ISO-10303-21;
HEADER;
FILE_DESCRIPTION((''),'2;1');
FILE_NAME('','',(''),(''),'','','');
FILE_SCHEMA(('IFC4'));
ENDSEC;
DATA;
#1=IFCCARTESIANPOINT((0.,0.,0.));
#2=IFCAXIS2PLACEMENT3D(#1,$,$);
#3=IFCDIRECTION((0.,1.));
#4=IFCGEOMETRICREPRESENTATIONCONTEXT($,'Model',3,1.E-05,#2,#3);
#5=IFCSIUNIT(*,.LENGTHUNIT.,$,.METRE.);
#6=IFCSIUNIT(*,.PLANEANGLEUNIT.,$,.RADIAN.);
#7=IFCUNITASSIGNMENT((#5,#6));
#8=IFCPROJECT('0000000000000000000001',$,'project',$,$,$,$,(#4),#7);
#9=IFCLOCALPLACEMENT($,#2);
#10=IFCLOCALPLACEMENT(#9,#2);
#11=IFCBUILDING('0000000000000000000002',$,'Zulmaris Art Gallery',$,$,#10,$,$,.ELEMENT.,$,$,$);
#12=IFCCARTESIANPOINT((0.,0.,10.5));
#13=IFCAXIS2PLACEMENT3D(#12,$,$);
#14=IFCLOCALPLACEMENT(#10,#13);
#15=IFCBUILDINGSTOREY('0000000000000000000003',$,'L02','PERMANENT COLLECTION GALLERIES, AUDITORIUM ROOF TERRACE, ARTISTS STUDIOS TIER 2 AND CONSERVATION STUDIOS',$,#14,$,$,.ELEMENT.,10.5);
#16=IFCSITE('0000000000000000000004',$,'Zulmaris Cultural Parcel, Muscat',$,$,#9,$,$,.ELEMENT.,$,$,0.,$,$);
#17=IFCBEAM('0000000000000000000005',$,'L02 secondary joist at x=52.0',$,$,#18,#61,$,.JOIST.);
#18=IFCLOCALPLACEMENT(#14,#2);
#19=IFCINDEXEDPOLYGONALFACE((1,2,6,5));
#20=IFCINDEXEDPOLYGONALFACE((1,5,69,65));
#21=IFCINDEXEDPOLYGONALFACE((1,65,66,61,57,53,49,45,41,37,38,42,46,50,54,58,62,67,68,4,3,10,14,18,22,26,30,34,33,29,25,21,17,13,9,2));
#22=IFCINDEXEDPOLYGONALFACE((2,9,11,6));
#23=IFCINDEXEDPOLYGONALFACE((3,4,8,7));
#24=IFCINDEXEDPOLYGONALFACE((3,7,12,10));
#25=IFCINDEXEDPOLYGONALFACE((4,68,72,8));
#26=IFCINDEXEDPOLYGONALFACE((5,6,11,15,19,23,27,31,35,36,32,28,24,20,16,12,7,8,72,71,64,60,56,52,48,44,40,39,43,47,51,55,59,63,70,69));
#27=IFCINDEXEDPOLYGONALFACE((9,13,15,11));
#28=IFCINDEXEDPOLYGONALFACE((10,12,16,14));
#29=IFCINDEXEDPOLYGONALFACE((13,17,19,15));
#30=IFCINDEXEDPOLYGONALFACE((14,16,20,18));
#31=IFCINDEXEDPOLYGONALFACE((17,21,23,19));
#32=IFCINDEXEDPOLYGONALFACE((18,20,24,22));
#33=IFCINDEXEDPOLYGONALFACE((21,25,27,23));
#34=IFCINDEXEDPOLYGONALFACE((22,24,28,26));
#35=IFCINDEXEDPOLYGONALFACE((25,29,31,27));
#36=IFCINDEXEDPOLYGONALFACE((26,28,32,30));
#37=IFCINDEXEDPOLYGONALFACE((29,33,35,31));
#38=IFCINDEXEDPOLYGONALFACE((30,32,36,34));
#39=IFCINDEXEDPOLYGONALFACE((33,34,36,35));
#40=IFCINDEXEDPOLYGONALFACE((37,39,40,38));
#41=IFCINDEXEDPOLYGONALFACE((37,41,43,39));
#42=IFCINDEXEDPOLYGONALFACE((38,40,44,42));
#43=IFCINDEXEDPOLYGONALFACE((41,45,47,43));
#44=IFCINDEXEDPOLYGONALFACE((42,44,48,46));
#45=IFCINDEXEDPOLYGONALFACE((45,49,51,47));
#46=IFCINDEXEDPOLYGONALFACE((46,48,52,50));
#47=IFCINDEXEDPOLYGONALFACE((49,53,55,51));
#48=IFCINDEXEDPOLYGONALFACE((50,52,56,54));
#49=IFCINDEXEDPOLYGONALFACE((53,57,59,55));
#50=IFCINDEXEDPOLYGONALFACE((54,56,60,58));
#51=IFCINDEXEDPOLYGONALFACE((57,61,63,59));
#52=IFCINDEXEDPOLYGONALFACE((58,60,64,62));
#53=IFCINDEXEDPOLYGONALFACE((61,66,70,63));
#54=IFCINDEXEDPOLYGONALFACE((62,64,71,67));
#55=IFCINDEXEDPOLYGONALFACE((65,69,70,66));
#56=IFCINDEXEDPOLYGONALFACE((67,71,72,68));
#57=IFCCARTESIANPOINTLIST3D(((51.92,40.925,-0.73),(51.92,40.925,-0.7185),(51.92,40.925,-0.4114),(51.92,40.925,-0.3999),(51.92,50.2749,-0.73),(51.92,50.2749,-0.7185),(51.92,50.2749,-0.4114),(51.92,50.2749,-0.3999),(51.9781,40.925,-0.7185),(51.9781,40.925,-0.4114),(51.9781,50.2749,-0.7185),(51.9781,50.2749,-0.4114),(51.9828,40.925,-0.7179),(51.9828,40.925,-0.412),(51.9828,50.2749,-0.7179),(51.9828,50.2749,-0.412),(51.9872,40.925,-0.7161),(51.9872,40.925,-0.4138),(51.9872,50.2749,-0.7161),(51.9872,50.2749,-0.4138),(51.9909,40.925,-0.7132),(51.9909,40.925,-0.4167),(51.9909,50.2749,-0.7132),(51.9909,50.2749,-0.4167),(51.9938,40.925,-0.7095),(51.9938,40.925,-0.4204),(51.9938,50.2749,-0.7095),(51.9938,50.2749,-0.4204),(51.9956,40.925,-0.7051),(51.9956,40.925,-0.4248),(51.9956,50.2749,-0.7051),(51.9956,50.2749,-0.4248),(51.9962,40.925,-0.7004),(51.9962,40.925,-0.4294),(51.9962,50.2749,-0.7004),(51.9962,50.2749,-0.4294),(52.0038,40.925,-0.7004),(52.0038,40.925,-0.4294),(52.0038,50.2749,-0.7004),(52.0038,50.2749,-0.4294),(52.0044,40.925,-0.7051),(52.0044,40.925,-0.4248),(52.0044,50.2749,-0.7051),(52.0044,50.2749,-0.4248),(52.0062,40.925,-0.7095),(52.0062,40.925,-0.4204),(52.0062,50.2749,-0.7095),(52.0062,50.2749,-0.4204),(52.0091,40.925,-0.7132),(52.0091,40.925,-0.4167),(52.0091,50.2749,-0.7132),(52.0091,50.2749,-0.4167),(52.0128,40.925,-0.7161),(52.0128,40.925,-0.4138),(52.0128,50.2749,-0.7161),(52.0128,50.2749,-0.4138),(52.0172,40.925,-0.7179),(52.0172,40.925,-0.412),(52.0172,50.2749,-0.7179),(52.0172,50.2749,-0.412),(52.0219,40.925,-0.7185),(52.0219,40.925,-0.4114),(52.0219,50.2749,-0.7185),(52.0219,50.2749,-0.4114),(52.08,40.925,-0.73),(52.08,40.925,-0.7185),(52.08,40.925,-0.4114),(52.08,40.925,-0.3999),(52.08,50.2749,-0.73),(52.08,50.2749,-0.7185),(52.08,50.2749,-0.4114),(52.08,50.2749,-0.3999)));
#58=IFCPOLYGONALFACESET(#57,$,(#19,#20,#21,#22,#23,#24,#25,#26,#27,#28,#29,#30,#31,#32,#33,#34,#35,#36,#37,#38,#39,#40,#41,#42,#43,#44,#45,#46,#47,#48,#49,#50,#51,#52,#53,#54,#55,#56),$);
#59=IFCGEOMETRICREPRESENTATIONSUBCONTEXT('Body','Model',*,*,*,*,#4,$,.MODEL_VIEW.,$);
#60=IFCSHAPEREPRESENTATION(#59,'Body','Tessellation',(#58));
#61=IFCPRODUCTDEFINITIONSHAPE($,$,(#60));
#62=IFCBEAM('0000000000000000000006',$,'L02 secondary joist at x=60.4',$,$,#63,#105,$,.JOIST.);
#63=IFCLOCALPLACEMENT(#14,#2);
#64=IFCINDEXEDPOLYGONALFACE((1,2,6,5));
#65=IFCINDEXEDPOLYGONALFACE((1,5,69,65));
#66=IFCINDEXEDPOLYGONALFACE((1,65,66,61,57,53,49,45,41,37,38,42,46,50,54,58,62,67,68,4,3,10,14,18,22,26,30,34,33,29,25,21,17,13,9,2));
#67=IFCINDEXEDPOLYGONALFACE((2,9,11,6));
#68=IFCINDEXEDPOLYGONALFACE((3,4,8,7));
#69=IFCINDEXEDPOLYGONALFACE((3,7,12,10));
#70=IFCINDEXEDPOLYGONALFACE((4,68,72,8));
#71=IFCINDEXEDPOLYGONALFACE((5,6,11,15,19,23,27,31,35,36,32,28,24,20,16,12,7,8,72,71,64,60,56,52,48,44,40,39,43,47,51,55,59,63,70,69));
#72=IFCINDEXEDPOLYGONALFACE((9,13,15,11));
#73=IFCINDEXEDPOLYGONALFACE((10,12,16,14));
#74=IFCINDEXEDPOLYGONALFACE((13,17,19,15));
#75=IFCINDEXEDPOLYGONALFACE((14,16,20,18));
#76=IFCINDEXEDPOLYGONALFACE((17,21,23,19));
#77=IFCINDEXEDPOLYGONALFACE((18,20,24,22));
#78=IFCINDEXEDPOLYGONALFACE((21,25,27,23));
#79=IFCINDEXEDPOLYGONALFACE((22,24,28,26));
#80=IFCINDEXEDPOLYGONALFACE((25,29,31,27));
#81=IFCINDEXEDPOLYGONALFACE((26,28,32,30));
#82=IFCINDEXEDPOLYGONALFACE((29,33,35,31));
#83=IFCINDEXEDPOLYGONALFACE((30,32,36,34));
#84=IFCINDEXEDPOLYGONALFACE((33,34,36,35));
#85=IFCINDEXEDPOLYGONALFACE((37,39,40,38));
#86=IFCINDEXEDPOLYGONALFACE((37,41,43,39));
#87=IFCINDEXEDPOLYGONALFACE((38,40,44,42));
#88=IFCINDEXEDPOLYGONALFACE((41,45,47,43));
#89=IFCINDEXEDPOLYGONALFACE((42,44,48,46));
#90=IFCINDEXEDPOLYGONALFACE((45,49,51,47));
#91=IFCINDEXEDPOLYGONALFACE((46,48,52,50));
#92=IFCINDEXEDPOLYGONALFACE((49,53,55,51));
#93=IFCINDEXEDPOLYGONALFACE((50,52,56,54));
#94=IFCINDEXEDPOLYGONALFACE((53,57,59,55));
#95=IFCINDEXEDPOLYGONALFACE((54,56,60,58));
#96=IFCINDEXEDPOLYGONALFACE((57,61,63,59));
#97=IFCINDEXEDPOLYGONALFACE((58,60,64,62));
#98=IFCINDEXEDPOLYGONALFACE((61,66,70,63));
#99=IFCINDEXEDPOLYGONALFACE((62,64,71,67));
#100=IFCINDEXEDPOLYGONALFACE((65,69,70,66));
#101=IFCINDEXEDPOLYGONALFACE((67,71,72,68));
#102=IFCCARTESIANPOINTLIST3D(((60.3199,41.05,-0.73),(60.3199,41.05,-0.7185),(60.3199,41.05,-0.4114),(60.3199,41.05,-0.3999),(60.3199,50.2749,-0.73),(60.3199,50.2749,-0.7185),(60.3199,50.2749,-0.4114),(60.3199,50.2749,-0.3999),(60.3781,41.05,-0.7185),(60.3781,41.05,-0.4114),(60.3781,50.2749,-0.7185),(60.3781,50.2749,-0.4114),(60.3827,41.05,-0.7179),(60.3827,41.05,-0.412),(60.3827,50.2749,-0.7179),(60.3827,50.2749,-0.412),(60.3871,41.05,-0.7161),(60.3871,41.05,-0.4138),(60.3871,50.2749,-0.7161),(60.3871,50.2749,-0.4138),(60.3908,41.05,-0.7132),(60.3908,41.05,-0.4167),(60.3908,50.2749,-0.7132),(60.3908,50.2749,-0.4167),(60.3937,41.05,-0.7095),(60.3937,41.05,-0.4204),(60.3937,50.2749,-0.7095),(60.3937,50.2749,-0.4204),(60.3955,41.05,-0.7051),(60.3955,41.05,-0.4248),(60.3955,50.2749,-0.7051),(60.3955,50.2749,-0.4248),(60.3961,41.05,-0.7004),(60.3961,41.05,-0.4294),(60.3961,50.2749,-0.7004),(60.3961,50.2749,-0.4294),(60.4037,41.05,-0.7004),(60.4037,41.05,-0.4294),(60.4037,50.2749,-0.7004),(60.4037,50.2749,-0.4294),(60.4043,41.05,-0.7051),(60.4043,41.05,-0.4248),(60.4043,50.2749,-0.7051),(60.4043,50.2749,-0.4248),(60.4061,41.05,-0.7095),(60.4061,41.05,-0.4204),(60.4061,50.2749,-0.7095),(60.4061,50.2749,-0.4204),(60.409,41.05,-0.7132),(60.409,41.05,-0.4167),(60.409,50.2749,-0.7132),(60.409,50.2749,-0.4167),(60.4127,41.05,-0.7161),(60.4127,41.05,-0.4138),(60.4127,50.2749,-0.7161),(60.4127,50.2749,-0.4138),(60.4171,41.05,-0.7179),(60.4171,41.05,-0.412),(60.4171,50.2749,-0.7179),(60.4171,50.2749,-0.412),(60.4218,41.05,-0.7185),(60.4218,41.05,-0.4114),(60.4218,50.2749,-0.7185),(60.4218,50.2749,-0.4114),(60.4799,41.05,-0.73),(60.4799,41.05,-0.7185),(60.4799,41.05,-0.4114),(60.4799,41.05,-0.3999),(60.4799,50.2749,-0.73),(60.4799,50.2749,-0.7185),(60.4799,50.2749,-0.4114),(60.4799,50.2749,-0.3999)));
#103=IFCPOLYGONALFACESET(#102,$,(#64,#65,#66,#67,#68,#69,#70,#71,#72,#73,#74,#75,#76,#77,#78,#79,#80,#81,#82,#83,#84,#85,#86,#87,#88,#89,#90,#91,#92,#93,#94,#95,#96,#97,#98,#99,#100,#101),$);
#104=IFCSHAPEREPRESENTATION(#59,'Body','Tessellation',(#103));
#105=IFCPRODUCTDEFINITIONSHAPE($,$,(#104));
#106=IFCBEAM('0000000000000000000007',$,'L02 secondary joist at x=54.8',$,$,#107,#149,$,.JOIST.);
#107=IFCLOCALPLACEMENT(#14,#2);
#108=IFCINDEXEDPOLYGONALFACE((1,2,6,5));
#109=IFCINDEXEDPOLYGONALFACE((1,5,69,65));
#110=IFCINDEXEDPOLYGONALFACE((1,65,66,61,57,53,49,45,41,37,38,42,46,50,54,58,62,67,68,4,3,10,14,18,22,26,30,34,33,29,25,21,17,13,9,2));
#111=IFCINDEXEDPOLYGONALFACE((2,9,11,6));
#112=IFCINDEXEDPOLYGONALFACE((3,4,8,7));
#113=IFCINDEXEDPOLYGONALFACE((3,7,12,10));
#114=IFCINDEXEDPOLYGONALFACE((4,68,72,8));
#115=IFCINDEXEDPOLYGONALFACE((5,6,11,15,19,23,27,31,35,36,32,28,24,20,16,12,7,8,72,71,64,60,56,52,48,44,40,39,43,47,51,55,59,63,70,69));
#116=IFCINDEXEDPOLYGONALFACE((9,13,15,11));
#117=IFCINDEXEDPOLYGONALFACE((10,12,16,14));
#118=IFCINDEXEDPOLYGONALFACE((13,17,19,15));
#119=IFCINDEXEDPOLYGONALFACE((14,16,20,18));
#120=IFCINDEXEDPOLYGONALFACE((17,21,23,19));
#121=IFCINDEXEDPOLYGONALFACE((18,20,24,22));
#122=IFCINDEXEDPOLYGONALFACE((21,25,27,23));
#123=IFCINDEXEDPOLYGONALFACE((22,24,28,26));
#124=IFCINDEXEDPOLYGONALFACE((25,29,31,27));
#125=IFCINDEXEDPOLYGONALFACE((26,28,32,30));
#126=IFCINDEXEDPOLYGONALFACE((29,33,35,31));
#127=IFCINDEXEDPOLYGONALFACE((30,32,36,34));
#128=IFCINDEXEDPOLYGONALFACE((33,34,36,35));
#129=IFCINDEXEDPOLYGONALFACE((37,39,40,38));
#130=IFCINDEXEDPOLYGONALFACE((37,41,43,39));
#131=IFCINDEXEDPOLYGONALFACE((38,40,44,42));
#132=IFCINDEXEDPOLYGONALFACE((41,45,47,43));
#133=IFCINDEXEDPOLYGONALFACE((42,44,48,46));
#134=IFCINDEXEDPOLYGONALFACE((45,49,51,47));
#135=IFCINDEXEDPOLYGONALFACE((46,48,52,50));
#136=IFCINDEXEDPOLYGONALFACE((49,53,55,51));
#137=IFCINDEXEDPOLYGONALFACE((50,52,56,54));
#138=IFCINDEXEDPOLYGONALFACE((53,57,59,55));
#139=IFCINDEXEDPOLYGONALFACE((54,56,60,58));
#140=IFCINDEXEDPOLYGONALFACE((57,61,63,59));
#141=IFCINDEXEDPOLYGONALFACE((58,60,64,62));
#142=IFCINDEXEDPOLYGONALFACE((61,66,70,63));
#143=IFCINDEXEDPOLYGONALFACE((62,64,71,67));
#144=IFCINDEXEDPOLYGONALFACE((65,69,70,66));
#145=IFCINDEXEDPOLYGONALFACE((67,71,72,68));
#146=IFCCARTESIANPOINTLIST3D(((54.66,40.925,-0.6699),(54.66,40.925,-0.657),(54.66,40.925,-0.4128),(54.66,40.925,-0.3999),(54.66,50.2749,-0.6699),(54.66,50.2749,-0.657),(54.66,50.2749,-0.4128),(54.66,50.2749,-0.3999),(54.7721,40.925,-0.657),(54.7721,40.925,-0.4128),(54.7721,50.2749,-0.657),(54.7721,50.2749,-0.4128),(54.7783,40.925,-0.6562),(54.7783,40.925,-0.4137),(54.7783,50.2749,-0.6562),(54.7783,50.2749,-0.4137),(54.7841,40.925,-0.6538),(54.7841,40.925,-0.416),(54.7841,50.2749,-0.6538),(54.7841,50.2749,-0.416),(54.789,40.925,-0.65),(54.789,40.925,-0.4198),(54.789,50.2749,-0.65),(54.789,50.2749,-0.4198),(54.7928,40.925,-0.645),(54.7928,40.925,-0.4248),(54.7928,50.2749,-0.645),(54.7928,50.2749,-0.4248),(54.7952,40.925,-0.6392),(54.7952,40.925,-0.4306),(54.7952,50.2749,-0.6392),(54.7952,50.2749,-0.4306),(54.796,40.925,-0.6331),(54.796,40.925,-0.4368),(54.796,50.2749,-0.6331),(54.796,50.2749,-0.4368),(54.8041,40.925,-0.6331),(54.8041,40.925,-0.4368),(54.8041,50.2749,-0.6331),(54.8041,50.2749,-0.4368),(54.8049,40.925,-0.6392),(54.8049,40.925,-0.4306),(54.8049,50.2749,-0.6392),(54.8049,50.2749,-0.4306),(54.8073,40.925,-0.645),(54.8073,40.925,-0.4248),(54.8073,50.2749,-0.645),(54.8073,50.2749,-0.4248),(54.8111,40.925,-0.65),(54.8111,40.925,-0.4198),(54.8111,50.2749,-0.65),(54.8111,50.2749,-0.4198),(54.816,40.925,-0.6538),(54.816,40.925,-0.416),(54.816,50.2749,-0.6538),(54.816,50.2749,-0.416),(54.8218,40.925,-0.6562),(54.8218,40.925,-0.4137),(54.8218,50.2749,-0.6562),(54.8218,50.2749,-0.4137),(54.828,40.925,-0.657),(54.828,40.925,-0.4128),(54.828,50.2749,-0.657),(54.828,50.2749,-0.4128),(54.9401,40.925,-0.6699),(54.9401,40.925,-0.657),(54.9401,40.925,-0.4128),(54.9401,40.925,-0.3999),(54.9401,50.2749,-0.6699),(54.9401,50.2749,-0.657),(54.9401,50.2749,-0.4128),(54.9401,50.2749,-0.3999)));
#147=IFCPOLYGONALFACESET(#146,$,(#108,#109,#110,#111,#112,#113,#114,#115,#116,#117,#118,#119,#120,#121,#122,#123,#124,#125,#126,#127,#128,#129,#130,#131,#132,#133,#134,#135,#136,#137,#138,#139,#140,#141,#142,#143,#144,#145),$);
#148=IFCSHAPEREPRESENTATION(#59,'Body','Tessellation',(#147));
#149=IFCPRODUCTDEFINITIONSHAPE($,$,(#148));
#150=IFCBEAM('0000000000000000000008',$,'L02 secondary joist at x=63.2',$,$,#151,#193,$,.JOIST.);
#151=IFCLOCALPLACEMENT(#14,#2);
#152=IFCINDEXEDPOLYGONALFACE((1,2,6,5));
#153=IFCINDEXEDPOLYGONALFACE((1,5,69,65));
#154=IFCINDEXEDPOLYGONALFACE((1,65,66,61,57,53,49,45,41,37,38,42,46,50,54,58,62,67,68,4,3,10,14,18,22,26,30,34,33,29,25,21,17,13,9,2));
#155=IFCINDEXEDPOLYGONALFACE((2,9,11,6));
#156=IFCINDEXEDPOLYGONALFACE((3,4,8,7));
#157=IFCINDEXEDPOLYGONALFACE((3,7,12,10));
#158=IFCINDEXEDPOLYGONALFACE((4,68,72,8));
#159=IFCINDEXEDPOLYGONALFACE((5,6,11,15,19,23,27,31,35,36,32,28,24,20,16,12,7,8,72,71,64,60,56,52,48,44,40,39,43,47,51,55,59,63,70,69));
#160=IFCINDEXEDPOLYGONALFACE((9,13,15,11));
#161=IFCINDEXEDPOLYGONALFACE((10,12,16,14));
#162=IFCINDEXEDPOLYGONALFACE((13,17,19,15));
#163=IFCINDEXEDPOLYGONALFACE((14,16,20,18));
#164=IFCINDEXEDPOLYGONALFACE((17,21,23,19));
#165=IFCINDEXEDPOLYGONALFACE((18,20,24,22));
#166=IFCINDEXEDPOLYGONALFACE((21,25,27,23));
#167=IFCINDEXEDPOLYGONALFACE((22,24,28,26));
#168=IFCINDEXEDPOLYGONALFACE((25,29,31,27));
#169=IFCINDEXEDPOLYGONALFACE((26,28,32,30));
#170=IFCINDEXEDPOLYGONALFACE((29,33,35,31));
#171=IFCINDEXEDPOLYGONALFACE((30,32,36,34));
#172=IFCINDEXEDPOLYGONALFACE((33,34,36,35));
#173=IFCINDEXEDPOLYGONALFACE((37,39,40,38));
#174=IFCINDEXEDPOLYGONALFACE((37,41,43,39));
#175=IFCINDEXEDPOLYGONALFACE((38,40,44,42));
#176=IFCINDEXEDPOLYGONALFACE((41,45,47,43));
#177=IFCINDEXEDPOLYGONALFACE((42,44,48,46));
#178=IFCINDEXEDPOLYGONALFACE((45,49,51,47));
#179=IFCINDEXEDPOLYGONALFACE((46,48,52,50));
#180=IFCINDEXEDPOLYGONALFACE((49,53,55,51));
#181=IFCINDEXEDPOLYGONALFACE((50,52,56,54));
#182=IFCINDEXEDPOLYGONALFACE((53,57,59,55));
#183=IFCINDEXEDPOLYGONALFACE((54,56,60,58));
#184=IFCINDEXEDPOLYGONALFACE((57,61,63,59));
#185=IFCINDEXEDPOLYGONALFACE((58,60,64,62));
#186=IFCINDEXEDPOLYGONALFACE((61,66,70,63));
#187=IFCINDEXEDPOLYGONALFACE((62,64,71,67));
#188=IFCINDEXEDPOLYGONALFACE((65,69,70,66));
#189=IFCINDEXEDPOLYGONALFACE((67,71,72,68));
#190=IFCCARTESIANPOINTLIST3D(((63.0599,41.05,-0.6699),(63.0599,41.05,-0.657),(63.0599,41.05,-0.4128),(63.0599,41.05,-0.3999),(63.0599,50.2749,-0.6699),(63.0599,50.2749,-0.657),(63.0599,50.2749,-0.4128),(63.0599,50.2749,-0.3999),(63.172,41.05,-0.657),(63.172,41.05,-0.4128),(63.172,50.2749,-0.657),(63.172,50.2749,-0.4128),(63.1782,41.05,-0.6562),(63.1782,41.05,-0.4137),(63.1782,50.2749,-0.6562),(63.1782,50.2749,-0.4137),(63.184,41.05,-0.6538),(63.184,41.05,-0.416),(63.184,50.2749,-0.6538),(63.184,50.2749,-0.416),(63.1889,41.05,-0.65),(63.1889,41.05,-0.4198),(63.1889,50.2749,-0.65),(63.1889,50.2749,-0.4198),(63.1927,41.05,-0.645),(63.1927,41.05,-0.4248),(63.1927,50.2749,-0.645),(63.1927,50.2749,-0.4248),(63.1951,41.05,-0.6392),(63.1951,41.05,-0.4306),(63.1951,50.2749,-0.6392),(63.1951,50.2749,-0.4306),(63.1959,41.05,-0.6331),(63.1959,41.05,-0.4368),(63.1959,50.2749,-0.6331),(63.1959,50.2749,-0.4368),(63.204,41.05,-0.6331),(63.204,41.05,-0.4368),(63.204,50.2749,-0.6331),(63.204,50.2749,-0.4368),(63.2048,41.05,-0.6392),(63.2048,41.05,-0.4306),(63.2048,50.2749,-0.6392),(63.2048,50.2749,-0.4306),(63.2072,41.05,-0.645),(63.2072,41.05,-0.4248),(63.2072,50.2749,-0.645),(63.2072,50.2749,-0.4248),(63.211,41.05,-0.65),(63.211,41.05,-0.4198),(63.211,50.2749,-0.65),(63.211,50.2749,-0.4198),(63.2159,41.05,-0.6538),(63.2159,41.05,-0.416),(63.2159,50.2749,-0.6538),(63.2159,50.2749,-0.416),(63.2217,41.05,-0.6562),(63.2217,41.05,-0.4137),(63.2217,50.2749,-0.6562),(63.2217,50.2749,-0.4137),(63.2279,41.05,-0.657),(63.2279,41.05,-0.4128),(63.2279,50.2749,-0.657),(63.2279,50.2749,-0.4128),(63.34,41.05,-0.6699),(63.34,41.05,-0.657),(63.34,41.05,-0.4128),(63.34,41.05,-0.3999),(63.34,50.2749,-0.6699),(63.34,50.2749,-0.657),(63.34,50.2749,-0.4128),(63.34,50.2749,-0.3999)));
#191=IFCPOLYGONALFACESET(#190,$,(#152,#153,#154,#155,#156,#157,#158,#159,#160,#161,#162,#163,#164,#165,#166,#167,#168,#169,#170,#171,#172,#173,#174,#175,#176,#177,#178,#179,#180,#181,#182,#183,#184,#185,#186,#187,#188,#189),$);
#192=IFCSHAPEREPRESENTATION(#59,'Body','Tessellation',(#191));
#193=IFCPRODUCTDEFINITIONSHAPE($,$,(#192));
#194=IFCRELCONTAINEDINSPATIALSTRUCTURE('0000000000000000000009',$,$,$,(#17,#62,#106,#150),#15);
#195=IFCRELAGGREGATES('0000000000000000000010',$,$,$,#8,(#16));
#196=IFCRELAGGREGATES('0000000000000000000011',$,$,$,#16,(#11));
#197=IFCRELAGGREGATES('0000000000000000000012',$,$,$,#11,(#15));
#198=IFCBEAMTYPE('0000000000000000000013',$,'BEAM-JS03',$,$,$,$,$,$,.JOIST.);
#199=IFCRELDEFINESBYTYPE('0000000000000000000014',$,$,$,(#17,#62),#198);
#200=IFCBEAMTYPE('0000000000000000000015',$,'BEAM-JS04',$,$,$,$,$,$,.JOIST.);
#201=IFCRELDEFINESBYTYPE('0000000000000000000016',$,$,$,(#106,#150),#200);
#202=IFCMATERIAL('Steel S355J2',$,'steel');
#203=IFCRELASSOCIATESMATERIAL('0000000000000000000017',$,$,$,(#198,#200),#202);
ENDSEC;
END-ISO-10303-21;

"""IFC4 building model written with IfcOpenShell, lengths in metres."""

from ifc_helpers import new_model, si_unit, direction, frame, origin, origin_2d, place, context, subcontext, project, spatial, i_section, extrude, material, material_profile, profile_set, type_object, element, save


model = new_model("IFC4")

# Units and contexts
model_context = context("Model", 3, precision=1e-05, world=origin(), true_north=direction((0.0, 1.0)))
body_context = subcontext(model_context, "Body", "Model", "MODEL_VIEW")
ifc_project = project(units=[si_unit("LENGTHUNIT", "METRE"), si_unit("PLANEANGLEUNIT", "RADIAN")], contexts=[model_context])

# Site, building, storey
site_placement = place(None, origin())
site = spatial("IfcSite", under=ifc_project, at=site_placement, Name="Zulmaris Cultural Parcel, Muscat", CompositionType="ELEMENT", RefElevation=0.0)
building_placement = place(site_placement, origin())
building = spatial("IfcBuilding", under=site, at=building_placement, Name="Zulmaris Art Gallery", CompositionType="ELEMENT")
storey_placement = place(building_placement, frame((0.0, 0.0, 10.5)))
storey = spatial("IfcBuildingStorey", under=building, at=storey_placement, Name="L02", Description="PERMANENT COLLECTION GALLERIES, AUDITORIUM ROOF TERRACE, ARTISTS STUDIOS TIER 2 AND CONSERVATION STUDIOS", CompositionType="ELEMENT", Elevation=10.5)

# Beams
ifc_material_1 = material(Name="Steel S355J2", Category="steel")
ifc_material_profile_1 = material_profile(ifc_material_1, i_section(OverallWidth=0.1599, OverallDepth=0.3301, WebThickness=0.0076, FlangeThickness=0.0115, FilletRadius=0.0181, at=origin_2d()), Name="IPE 330")
ifc_profile_set_1 = profile_set([ifc_material_profile_1], Name="Steel S355J2")
beam_type_1 = type_object("IfcBeamType", Name="BEAM-JS03", PredefinedType="JOIST", material=ifc_profile_set_1)
beam_1_placement = place(storey_placement, frame((52.0, 40.925, -0.5649), z_axis=(0.0, 1.0, 0.0), x_axis=(-1.0, 0.0, 0.0)))
element("IfcBeam", 1, at=beam_1_placement, inside=storey, type_object=beam_type_1, Name="L02 secondary joist at x=52.0", PredefinedType="JOIST", context=body_context, shape_type="SweptSolid", body=[
    extrude(i_section(OverallWidth=0.1599, OverallDepth=0.3301, WebThickness=0.0076, FlangeThickness=0.0115, FilletRadius=0.0181, at=origin_2d()), origin(), (0.0, 0.0, 1.0), 9.3499),
])
beam_2_placement = place(storey_placement, frame((60.3999, 41.05, -0.5649), z_axis=(0.0, 1.0, 0.0), x_axis=(-1.0, 0.0, 0.0)))
element("IfcBeam", 2, at=beam_2_placement, inside=storey, type_object=beam_type_1, Name="L02 secondary joist at x=60.4", PredefinedType="JOIST", context=body_context, shape_type="SweptSolid", body=[
    extrude(i_section(OverallWidth=0.1599, OverallDepth=0.3301, WebThickness=0.0076, FlangeThickness=0.0115, FilletRadius=0.0181, at=origin_2d()), origin(), (0.0, 0.0, 1.0), 9.2249),
])
ifc_material_profile_2 = material_profile(ifc_material_1, i_section(OverallWidth=0.28, OverallDepth=0.27, WebThickness=0.0081, FlangeThickness=0.0129, FilletRadius=0.0239, at=origin_2d()), Name="HEA 280")
ifc_profile_set_2 = profile_set([ifc_material_profile_2], Name="Steel S355J2")
beam_type_2 = type_object("IfcBeamType", Name="BEAM-JS04", PredefinedType="JOIST", material=ifc_profile_set_2)
beam_3_placement = place(storey_placement, frame((54.8, 40.925, -0.5349), z_axis=(0.0, 1.0, 0.0), x_axis=(-1.0, 0.0, 0.0)))
element("IfcBeam", 3, at=beam_3_placement, inside=storey, type_object=beam_type_2, Name="L02 secondary joist at x=54.8", PredefinedType="JOIST", context=body_context, shape_type="SweptSolid", body=[
    extrude(i_section(OverallWidth=0.28, OverallDepth=0.27, WebThickness=0.0081, FlangeThickness=0.0129, FilletRadius=0.0239, at=origin_2d()), origin(), (0.0, 0.0, 1.0), 9.3499),
])
beam_4_placement = place(storey_placement, frame((63.2, 41.05, -0.5349), z_axis=(0.0, 1.0, 0.0), x_axis=(-1.0, 0.0, 0.0)))
element("IfcBeam", 4, at=beam_4_placement, inside=storey, type_object=beam_type_2, Name="L02 secondary joist at x=63.2", PredefinedType="JOIST", context=body_context, shape_type="SweptSolid", body=[
    extrude(i_section(OverallWidth=0.28, OverallDepth=0.27, WebThickness=0.0081, FlangeThickness=0.0129, FilletRadius=0.0239, at=origin_2d()), origin(), (0.0, 0.0, 1.0), 9.2249),
])

save(model, "model.ifc")
